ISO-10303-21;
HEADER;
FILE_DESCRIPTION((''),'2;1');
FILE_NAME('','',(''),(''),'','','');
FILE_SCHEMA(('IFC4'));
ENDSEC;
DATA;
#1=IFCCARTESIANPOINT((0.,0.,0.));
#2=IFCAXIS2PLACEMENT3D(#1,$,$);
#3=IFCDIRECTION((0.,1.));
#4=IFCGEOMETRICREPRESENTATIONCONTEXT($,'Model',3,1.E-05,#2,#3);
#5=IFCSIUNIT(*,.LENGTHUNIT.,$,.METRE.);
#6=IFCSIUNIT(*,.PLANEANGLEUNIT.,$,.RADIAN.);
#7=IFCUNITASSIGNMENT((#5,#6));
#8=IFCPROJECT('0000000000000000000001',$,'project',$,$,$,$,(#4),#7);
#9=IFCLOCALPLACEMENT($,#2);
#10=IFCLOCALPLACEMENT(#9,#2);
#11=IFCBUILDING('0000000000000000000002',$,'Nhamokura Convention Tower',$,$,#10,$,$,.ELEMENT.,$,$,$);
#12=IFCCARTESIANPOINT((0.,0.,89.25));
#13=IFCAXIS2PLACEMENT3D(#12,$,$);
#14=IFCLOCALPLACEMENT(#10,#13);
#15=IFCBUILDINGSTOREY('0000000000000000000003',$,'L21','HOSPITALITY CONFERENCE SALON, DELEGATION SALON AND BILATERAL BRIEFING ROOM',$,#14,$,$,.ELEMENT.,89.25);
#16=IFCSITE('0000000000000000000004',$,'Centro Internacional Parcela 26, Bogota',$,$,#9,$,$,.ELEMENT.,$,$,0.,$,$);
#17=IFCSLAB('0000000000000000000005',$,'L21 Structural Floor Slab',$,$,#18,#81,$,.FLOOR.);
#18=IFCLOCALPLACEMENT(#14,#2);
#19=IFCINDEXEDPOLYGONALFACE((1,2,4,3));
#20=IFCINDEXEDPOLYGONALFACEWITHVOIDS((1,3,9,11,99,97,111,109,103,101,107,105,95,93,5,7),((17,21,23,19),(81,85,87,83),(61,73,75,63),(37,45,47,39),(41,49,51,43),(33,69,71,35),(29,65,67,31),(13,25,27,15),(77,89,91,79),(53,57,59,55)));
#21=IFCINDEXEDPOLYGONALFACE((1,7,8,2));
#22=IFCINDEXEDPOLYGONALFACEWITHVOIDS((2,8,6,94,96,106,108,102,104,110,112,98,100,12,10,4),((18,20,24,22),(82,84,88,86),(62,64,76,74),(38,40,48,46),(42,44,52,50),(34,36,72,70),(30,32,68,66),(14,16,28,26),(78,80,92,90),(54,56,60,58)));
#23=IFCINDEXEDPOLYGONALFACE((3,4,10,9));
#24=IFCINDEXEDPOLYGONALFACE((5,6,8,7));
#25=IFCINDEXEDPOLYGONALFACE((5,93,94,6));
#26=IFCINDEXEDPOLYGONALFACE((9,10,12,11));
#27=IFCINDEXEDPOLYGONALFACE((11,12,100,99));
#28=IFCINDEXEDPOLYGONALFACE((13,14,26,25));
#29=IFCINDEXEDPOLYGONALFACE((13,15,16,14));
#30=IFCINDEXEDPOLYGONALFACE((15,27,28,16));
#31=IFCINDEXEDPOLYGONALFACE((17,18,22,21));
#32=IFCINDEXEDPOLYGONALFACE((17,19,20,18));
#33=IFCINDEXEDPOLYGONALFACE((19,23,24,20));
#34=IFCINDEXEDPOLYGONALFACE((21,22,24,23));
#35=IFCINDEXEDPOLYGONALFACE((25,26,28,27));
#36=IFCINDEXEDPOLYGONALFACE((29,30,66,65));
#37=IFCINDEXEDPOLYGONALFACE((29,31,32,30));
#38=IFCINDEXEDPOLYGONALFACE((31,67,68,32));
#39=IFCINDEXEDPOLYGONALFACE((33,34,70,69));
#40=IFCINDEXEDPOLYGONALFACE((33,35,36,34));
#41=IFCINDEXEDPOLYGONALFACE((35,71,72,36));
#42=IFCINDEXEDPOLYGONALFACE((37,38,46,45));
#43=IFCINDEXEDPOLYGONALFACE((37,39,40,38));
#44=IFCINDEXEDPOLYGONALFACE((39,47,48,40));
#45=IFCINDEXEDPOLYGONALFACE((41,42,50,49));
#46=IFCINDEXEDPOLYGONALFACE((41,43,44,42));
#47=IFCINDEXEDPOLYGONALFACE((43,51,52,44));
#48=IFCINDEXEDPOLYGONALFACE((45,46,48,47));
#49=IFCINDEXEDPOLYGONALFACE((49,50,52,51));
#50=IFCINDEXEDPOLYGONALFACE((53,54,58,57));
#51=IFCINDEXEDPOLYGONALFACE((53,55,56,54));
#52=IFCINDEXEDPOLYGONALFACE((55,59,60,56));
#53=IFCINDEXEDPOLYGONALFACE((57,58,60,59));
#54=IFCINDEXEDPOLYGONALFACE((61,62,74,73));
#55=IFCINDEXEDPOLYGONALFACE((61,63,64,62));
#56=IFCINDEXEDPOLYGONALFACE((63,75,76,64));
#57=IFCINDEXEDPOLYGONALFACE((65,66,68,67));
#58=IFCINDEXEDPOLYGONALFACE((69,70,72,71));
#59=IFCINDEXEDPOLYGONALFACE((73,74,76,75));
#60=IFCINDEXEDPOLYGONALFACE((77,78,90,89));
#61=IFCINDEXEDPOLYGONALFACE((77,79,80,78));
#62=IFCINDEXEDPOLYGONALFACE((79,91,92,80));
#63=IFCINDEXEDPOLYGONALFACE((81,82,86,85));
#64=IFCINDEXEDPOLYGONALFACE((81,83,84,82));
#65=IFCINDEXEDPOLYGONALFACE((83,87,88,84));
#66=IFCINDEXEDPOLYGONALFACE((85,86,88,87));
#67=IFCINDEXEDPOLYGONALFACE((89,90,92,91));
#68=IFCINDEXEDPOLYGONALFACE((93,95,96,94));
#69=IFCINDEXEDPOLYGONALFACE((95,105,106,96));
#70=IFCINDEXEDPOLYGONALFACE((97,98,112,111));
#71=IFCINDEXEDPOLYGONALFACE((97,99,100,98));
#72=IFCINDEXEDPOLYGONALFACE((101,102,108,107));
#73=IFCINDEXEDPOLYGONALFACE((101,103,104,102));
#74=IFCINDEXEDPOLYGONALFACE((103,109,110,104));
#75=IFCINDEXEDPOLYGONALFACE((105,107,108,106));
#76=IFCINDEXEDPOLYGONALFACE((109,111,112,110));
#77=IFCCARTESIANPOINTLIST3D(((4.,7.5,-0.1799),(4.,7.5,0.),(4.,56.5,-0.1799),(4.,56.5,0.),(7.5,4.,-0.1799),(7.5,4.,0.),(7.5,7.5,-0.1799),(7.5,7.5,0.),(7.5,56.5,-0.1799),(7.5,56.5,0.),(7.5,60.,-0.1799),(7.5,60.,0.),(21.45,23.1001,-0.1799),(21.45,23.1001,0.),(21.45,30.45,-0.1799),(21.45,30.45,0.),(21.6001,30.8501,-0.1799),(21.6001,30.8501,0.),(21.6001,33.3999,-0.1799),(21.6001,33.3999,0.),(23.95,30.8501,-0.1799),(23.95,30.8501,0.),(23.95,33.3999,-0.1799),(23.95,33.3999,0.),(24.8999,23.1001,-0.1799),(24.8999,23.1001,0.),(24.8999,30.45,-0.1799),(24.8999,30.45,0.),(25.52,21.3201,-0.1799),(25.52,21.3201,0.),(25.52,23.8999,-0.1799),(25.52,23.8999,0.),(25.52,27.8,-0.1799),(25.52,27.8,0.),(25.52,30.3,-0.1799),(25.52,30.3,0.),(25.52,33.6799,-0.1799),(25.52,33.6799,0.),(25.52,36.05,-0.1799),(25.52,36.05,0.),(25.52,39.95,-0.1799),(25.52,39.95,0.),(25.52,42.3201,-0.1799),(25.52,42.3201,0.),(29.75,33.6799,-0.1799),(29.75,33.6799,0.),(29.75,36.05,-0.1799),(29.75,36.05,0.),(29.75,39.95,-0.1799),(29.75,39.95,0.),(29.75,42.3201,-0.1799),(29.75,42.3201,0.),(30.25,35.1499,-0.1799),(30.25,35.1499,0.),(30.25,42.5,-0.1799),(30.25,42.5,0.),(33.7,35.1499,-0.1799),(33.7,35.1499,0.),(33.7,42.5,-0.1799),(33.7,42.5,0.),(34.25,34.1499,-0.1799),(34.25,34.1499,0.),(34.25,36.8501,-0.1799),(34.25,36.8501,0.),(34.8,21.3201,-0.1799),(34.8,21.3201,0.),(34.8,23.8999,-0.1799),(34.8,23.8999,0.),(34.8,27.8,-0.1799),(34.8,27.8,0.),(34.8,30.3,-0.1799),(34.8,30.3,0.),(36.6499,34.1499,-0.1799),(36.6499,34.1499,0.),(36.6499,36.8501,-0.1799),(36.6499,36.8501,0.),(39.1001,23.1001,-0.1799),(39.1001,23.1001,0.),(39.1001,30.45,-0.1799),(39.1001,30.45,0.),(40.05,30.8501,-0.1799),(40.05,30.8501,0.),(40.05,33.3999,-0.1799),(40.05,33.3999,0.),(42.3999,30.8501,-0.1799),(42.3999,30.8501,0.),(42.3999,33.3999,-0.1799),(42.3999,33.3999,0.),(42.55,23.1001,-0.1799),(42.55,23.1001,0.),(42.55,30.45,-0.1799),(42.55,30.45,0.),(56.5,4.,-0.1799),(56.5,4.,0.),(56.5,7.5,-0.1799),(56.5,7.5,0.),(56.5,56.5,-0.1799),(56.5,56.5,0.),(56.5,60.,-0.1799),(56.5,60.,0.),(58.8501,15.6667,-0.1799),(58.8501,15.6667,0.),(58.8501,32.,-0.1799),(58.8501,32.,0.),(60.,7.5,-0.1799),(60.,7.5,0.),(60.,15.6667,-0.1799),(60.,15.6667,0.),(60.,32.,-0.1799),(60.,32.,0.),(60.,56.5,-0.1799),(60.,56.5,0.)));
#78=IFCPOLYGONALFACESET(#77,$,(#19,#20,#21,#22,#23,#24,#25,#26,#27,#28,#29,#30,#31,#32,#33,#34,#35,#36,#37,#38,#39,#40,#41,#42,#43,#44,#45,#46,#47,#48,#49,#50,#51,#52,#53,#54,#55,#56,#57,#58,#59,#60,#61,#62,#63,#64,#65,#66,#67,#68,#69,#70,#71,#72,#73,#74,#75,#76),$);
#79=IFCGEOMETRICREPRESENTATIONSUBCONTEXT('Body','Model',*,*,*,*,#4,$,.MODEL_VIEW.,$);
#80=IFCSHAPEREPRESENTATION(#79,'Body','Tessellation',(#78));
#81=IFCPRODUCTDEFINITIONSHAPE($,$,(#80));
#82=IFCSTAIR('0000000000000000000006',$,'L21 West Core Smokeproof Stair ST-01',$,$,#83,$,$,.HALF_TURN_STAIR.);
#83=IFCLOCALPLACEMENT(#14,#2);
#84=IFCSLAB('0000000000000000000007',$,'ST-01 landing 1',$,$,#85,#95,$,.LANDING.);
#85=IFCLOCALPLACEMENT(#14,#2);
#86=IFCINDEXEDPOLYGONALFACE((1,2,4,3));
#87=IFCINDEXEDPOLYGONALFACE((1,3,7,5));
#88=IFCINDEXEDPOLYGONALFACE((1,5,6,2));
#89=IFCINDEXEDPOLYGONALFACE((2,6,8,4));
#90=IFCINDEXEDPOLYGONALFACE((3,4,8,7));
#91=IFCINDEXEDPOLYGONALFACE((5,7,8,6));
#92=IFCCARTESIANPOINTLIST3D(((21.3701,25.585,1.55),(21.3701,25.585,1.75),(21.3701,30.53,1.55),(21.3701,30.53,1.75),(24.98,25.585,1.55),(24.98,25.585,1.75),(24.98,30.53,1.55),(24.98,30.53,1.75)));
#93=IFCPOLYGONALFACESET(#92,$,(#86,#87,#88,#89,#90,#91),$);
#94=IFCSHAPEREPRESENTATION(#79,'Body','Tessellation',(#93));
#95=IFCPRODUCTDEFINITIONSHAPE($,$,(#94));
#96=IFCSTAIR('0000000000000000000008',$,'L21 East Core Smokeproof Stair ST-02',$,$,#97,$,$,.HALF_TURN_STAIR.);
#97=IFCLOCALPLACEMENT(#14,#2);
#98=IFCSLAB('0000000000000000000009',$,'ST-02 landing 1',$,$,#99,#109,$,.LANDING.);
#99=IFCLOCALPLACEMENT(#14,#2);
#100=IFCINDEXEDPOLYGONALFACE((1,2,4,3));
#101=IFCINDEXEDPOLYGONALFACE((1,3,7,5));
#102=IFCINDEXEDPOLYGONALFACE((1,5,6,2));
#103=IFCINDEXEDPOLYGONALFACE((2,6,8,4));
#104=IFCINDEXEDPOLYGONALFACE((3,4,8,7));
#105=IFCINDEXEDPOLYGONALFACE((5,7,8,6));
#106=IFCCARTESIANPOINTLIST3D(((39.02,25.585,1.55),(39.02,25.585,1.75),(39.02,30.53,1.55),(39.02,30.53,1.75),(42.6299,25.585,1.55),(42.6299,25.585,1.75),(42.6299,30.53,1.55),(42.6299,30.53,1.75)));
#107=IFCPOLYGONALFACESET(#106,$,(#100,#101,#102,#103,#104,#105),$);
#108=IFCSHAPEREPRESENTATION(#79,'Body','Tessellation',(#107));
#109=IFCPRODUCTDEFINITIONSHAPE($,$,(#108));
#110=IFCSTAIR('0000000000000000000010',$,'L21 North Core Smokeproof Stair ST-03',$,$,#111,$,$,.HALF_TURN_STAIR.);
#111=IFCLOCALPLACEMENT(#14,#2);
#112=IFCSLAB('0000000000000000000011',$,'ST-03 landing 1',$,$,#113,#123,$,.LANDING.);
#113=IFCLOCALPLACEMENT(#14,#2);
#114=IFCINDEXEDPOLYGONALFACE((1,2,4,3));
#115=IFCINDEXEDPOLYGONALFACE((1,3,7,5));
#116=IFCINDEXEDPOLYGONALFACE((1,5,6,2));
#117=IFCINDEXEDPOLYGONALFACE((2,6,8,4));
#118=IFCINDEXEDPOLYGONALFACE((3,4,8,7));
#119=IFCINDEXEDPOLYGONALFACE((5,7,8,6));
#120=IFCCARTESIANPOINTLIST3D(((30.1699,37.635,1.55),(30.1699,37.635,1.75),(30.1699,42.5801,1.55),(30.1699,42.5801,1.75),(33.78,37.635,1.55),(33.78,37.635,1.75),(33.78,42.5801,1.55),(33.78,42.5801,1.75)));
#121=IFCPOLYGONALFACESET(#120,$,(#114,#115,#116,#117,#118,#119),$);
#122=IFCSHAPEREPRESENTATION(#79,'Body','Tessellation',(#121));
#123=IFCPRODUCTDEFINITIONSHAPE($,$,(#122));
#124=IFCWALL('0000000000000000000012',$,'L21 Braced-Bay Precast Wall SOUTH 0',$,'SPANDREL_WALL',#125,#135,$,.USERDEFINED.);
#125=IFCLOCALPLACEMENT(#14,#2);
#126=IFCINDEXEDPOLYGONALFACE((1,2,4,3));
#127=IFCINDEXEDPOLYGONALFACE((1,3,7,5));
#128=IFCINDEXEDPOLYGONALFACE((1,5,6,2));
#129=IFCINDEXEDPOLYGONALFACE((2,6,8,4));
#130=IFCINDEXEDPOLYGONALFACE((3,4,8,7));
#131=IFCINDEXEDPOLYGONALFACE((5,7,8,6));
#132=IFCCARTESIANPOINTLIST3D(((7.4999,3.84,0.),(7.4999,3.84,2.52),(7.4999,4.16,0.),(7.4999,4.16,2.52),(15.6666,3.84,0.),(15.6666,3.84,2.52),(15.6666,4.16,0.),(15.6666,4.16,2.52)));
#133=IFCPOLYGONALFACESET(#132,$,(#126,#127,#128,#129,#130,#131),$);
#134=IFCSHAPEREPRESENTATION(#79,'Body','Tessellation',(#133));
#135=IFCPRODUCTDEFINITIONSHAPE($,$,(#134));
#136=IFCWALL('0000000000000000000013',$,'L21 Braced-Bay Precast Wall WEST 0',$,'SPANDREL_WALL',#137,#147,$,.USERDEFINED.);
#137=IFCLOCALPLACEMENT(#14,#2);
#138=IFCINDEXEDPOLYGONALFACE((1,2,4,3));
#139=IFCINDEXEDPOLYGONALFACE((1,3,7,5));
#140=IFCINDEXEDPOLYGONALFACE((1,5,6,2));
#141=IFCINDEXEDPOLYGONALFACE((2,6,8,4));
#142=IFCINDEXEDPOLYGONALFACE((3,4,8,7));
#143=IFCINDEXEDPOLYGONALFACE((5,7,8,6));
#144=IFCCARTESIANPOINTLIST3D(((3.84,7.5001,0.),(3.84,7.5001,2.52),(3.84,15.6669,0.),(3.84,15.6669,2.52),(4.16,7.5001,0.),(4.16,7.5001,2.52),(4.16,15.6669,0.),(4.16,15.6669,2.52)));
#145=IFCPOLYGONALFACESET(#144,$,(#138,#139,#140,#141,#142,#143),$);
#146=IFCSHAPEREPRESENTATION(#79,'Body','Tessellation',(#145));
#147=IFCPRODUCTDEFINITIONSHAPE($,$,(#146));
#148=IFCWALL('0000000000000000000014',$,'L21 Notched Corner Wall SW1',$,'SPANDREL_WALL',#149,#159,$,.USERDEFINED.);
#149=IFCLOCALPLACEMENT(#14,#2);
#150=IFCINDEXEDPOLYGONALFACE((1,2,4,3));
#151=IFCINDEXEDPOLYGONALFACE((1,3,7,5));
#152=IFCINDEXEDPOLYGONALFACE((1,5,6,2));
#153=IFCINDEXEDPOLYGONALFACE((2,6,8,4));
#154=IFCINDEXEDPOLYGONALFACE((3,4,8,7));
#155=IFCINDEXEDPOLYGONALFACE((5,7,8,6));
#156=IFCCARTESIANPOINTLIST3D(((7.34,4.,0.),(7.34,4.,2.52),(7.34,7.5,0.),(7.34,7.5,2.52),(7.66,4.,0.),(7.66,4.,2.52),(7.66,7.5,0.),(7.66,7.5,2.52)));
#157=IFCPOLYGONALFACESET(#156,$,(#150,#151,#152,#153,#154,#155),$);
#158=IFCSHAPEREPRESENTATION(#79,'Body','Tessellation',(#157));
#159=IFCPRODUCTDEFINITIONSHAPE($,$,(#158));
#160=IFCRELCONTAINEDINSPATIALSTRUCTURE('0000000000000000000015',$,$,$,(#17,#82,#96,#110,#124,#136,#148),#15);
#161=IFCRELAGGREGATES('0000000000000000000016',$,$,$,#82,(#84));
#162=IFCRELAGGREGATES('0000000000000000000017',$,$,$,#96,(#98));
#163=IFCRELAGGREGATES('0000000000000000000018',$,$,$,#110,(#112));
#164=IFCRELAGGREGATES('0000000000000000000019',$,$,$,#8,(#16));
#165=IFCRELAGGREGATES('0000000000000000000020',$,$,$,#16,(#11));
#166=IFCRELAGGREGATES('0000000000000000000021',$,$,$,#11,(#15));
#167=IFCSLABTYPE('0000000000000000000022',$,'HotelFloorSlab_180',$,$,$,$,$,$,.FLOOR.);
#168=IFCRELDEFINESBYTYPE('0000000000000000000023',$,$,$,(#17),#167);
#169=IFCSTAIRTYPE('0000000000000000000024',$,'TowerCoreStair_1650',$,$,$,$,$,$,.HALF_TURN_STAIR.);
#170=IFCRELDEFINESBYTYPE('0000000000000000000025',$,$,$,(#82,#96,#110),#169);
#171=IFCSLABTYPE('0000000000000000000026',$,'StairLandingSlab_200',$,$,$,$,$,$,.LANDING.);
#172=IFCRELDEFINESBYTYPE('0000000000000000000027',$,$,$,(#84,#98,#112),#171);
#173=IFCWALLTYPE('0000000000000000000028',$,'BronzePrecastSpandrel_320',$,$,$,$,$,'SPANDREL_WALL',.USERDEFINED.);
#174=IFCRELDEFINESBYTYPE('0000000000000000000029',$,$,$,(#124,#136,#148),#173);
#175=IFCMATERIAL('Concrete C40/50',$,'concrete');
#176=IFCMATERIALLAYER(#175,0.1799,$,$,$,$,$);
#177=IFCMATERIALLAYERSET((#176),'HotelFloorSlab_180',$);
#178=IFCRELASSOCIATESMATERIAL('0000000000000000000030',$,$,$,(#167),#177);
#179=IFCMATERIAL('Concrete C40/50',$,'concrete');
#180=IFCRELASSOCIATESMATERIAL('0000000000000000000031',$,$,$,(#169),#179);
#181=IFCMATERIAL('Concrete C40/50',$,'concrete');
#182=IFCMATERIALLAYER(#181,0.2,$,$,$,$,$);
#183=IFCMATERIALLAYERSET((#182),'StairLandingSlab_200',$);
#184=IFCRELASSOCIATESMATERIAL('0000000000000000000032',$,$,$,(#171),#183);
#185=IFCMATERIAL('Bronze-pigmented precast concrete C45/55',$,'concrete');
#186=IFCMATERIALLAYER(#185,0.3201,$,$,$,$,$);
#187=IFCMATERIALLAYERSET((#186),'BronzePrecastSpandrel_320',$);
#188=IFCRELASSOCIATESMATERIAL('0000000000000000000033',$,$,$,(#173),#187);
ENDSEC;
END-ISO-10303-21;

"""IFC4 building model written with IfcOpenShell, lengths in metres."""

from ifc_helpers import new_model, si_unit, direction, frame, frame_2d, origin, place, context, subcontext, project, spatial, polyline, rectangle, outline, extrude, material, layer, layer_set, type_object, element, aggregate, save


model = new_model("IFC4")

# Units and contexts
model_context = context("Model", 3, precision=1e-05, world=origin(), true_north=direction((0.0, 1.0)))
body_context = subcontext(model_context, "Body", "Model", "MODEL_VIEW")
ifc_project = project(units=[si_unit("LENGTHUNIT", "METRE"), si_unit("PLANEANGLEUNIT", "RADIAN")], contexts=[model_context])

# Site, building, storey
site_placement = place(None, origin())
site = spatial("IfcSite", under=ifc_project, at=site_placement, Name="Centro Internacional Parcela 26, Bogota", CompositionType="ELEMENT", RefElevation=0.0)
building_placement = place(site_placement, origin())
building = spatial("IfcBuilding", under=site, at=building_placement, Name="Nhamokura Convention Tower", CompositionType="ELEMENT")
storey_placement = place(building_placement, frame((0.0, 0.0, 89.25)))
storey = spatial("IfcBuildingStorey", under=building, at=storey_placement, Name="L21", Description="HOSPITALITY CONFERENCE SALON, DELEGATION SALON AND BILATERAL BRIEFING ROOM", CompositionType="ELEMENT", Elevation=89.25)

# Slab
ifc_material_1 = material(Name="Concrete C40/50", Category="concrete")
ifc_layer_1 = layer(ifc_material_1, 0.1799)
ifc_layer_set_1 = layer_set([ifc_layer_1], Name="HotelFloorSlab_180")
slab_type_1 = type_object("IfcSlabType", Name="HotelFloorSlab_180", PredefinedType="FLOOR", material=ifc_layer_set_1)
slab_1_placement = place(storey_placement, frame((0.0, 0.0, -0.1799)))
element("IfcSlab", 1, at=slab_1_placement, inside=storey, type_object=slab_type_1, Name="L21 Structural Floor Slab", PredefinedType="FLOOR", context=body_context, shape_type="SweptSolid", body=[
    extrude(outline(polyline([(7.5, 4.0), (56.5, 4.0), (56.5, 7.5), (60.0, 7.5), (60.0, 15.6667), (58.8501, 15.6667), (58.8501, 32.0), (60.0, 32.0), (60.0, 56.5), (56.5, 56.5), (56.5, 60.0), (7.5, 60.0), (7.5, 56.5), (4.0, 56.5), (4.0, 7.5), (7.5, 7.5), (7.5, 4.0)]), holes=[polyline([(24.8999, 23.1001), (24.8999, 30.45), (21.45, 30.45), (21.45, 23.1001), (24.8999, 23.1001)]), polyline([(42.55, 23.1001), (42.55, 30.45), (39.1001, 30.45), (39.1001, 23.1001), (42.55, 23.1001)]), polyline([(33.7, 35.1499), (33.7, 42.5), (30.25, 42.5), (30.25, 35.1499), (33.7, 35.1499)]), polyline([(21.6001, 30.8501), (23.95, 30.8501), (23.95, 33.3999), (21.6001, 33.3999), (21.6001, 30.8501)]), polyline([(40.05, 30.8501), (42.3999, 30.8501), (42.3999, 33.3999), (40.05, 33.3999), (40.05, 30.8501)]), polyline([(34.25, 34.1499), (36.6499, 34.1499), (36.6499, 36.8501), (34.25, 36.8501), (34.25, 34.1499)]), polyline([(25.52, 21.3201), (34.8, 21.3201), (34.8, 23.8999), (25.52, 23.8999), (25.52, 21.3201)]), polyline([(25.52, 27.8), (34.8, 27.8), (34.8, 30.3), (25.52, 30.3), (25.52, 27.8)]), polyline([(25.52, 33.6799), (29.75, 33.6799), (29.75, 36.05), (25.52, 36.05), (25.52, 33.6799)]), polyline([(25.52, 39.95), (29.75, 39.95), (29.75, 42.3201), (25.52, 42.3201), (25.52, 39.95)])]), origin(), (0.0, 0.0, 1.0), 0.1799),
])

# Stairs, slabs
ifc_material_2 = material(Name="Concrete C40/50", Category="concrete")
stair_type = type_object("IfcStairType", Name="TowerCoreStair_1650", PredefinedType="HALF_TURN_STAIR", material=ifc_material_2)
stair_1_placement = place(storey_placement, origin())
stair_1 = element("IfcStair", 2, at=stair_1_placement, inside=storey, type_object=stair_type, Name="L21 West Core Smokeproof Stair ST-01", PredefinedType="HALF_TURN_STAIR")
ifc_material_3 = material(Name="Concrete C40/50", Category="concrete")
ifc_layer_2 = layer(ifc_material_3, 0.2)
ifc_layer_set_2 = layer_set([ifc_layer_2], Name="StairLandingSlab_200")
slab_type_2 = type_object("IfcSlabType", Name="StairLandingSlab_200", PredefinedType="LANDING", material=ifc_layer_set_2)
slab_2_placement = place(storey_placement, frame((0.0, 0.0, 1.55)))
slab_2 = element("IfcSlab", 3, at=slab_2_placement, type_object=slab_type_2, Name="ST-01 landing 1", PredefinedType="LANDING", context=body_context, shape_type="SweptSolid", body=[
    extrude(outline(polyline([(24.98, 25.585), (24.98, 30.53), (21.3701, 30.53), (21.3701, 25.585), (24.98, 25.585)])), origin(), (0.0, 0.0, 1.0), 0.2),
])
aggregate(stair_1, [slab_2])
stair_2_placement = place(storey_placement, origin())
stair_2 = element("IfcStair", 4, at=stair_2_placement, inside=storey, type_object=stair_type, Name="L21 East Core Smokeproof Stair ST-02", PredefinedType="HALF_TURN_STAIR")
slab_3_placement = place(storey_placement, frame((0.0, 0.0, 1.55)))
slab_3 = element("IfcSlab", 5, at=slab_3_placement, type_object=slab_type_2, Name="ST-02 landing 1", PredefinedType="LANDING", context=body_context, shape_type="SweptSolid", body=[
    extrude(outline(polyline([(42.6299, 25.585), (42.6299, 30.53), (39.02, 30.53), (39.02, 25.585), (42.6299, 25.585)])), origin(), (0.0, 0.0, 1.0), 0.2),
])
aggregate(stair_2, [slab_3])
stair_3_placement = place(storey_placement, origin())
stair_3 = element("IfcStair", 6, at=stair_3_placement, inside=storey, type_object=stair_type, Name="L21 North Core Smokeproof Stair ST-03", PredefinedType="HALF_TURN_STAIR")
slab_4_placement = place(storey_placement, frame((0.0, 0.0, 1.55)))
slab_4 = element("IfcSlab", 7, at=slab_4_placement, type_object=slab_type_2, Name="ST-03 landing 1", PredefinedType="LANDING", context=body_context, shape_type="SweptSolid", body=[
    extrude(outline(polyline([(33.78, 37.635), (33.78, 42.5801), (30.1699, 42.5801), (30.1699, 37.635), (33.78, 37.635)])), origin(), (0.0, 0.0, 1.0), 0.2),
])
aggregate(stair_3, [slab_4])

# Walls
ifc_material_4 = material(Name="Bronze-pigmented precast concrete C45/55", Category="concrete")
ifc_layer_3 = layer(ifc_material_4, 0.3201)
ifc_layer_set_3 = layer_set([ifc_layer_3], Name="BronzePrecastSpandrel_320")
wall_type = type_object("IfcWallType", Name="BronzePrecastSpandrel_320", ElementType="SPANDREL_WALL", PredefinedType="USERDEFINED", material=ifc_layer_set_3)
for number, where, z_axis, x_axis, name in (
    (8, (15.6667, 4.0, 0.0), (0.0, 0.0, 1.0), (-1.0, 0.0, 0.0), "L21 Braced-Bay Precast Wall SOUTH 0"),
    (9, (4.0, 7.5, 0.0), (0.0, 0.0, 1.0), (0.0, 1.0, 0.0), "L21 Braced-Bay Precast Wall WEST 0"),
):
    element("IfcWall", number, at=place(storey_placement, frame(where, z_axis=z_axis, x_axis=x_axis)), inside=storey, type_object=wall_type, Name=name, ObjectType="SPANDREL_WALL", PredefinedType="USERDEFINED", context=body_context, shape_type="SweptSolid", body=[
        extrude(rectangle(XDim=8.1667, YDim=0.3201, at=frame_2d((4.0835, 0.0))), origin(), (0.0, 0.0, 1.0), 2.52),
    ])
wall_placement = place(storey_placement, frame((7.5, 4.0, 0.0), z_axis=(0.0, 0.0, 1.0), x_axis=(0.0, 1.0, 0.0)))
element("IfcWall", 10, at=wall_placement, inside=storey, type_object=wall_type, Name="L21 Notched Corner Wall SW1", ObjectType="SPANDREL_WALL", PredefinedType="USERDEFINED", context=body_context, shape_type="SweptSolid", body=[
    extrude(rectangle(XDim=3.5, YDim=0.3201, at=frame_2d((1.75, 0.0))), origin(), (0.0, 0.0, 1.0), 2.52),
])

save(model, "model.ifc")
